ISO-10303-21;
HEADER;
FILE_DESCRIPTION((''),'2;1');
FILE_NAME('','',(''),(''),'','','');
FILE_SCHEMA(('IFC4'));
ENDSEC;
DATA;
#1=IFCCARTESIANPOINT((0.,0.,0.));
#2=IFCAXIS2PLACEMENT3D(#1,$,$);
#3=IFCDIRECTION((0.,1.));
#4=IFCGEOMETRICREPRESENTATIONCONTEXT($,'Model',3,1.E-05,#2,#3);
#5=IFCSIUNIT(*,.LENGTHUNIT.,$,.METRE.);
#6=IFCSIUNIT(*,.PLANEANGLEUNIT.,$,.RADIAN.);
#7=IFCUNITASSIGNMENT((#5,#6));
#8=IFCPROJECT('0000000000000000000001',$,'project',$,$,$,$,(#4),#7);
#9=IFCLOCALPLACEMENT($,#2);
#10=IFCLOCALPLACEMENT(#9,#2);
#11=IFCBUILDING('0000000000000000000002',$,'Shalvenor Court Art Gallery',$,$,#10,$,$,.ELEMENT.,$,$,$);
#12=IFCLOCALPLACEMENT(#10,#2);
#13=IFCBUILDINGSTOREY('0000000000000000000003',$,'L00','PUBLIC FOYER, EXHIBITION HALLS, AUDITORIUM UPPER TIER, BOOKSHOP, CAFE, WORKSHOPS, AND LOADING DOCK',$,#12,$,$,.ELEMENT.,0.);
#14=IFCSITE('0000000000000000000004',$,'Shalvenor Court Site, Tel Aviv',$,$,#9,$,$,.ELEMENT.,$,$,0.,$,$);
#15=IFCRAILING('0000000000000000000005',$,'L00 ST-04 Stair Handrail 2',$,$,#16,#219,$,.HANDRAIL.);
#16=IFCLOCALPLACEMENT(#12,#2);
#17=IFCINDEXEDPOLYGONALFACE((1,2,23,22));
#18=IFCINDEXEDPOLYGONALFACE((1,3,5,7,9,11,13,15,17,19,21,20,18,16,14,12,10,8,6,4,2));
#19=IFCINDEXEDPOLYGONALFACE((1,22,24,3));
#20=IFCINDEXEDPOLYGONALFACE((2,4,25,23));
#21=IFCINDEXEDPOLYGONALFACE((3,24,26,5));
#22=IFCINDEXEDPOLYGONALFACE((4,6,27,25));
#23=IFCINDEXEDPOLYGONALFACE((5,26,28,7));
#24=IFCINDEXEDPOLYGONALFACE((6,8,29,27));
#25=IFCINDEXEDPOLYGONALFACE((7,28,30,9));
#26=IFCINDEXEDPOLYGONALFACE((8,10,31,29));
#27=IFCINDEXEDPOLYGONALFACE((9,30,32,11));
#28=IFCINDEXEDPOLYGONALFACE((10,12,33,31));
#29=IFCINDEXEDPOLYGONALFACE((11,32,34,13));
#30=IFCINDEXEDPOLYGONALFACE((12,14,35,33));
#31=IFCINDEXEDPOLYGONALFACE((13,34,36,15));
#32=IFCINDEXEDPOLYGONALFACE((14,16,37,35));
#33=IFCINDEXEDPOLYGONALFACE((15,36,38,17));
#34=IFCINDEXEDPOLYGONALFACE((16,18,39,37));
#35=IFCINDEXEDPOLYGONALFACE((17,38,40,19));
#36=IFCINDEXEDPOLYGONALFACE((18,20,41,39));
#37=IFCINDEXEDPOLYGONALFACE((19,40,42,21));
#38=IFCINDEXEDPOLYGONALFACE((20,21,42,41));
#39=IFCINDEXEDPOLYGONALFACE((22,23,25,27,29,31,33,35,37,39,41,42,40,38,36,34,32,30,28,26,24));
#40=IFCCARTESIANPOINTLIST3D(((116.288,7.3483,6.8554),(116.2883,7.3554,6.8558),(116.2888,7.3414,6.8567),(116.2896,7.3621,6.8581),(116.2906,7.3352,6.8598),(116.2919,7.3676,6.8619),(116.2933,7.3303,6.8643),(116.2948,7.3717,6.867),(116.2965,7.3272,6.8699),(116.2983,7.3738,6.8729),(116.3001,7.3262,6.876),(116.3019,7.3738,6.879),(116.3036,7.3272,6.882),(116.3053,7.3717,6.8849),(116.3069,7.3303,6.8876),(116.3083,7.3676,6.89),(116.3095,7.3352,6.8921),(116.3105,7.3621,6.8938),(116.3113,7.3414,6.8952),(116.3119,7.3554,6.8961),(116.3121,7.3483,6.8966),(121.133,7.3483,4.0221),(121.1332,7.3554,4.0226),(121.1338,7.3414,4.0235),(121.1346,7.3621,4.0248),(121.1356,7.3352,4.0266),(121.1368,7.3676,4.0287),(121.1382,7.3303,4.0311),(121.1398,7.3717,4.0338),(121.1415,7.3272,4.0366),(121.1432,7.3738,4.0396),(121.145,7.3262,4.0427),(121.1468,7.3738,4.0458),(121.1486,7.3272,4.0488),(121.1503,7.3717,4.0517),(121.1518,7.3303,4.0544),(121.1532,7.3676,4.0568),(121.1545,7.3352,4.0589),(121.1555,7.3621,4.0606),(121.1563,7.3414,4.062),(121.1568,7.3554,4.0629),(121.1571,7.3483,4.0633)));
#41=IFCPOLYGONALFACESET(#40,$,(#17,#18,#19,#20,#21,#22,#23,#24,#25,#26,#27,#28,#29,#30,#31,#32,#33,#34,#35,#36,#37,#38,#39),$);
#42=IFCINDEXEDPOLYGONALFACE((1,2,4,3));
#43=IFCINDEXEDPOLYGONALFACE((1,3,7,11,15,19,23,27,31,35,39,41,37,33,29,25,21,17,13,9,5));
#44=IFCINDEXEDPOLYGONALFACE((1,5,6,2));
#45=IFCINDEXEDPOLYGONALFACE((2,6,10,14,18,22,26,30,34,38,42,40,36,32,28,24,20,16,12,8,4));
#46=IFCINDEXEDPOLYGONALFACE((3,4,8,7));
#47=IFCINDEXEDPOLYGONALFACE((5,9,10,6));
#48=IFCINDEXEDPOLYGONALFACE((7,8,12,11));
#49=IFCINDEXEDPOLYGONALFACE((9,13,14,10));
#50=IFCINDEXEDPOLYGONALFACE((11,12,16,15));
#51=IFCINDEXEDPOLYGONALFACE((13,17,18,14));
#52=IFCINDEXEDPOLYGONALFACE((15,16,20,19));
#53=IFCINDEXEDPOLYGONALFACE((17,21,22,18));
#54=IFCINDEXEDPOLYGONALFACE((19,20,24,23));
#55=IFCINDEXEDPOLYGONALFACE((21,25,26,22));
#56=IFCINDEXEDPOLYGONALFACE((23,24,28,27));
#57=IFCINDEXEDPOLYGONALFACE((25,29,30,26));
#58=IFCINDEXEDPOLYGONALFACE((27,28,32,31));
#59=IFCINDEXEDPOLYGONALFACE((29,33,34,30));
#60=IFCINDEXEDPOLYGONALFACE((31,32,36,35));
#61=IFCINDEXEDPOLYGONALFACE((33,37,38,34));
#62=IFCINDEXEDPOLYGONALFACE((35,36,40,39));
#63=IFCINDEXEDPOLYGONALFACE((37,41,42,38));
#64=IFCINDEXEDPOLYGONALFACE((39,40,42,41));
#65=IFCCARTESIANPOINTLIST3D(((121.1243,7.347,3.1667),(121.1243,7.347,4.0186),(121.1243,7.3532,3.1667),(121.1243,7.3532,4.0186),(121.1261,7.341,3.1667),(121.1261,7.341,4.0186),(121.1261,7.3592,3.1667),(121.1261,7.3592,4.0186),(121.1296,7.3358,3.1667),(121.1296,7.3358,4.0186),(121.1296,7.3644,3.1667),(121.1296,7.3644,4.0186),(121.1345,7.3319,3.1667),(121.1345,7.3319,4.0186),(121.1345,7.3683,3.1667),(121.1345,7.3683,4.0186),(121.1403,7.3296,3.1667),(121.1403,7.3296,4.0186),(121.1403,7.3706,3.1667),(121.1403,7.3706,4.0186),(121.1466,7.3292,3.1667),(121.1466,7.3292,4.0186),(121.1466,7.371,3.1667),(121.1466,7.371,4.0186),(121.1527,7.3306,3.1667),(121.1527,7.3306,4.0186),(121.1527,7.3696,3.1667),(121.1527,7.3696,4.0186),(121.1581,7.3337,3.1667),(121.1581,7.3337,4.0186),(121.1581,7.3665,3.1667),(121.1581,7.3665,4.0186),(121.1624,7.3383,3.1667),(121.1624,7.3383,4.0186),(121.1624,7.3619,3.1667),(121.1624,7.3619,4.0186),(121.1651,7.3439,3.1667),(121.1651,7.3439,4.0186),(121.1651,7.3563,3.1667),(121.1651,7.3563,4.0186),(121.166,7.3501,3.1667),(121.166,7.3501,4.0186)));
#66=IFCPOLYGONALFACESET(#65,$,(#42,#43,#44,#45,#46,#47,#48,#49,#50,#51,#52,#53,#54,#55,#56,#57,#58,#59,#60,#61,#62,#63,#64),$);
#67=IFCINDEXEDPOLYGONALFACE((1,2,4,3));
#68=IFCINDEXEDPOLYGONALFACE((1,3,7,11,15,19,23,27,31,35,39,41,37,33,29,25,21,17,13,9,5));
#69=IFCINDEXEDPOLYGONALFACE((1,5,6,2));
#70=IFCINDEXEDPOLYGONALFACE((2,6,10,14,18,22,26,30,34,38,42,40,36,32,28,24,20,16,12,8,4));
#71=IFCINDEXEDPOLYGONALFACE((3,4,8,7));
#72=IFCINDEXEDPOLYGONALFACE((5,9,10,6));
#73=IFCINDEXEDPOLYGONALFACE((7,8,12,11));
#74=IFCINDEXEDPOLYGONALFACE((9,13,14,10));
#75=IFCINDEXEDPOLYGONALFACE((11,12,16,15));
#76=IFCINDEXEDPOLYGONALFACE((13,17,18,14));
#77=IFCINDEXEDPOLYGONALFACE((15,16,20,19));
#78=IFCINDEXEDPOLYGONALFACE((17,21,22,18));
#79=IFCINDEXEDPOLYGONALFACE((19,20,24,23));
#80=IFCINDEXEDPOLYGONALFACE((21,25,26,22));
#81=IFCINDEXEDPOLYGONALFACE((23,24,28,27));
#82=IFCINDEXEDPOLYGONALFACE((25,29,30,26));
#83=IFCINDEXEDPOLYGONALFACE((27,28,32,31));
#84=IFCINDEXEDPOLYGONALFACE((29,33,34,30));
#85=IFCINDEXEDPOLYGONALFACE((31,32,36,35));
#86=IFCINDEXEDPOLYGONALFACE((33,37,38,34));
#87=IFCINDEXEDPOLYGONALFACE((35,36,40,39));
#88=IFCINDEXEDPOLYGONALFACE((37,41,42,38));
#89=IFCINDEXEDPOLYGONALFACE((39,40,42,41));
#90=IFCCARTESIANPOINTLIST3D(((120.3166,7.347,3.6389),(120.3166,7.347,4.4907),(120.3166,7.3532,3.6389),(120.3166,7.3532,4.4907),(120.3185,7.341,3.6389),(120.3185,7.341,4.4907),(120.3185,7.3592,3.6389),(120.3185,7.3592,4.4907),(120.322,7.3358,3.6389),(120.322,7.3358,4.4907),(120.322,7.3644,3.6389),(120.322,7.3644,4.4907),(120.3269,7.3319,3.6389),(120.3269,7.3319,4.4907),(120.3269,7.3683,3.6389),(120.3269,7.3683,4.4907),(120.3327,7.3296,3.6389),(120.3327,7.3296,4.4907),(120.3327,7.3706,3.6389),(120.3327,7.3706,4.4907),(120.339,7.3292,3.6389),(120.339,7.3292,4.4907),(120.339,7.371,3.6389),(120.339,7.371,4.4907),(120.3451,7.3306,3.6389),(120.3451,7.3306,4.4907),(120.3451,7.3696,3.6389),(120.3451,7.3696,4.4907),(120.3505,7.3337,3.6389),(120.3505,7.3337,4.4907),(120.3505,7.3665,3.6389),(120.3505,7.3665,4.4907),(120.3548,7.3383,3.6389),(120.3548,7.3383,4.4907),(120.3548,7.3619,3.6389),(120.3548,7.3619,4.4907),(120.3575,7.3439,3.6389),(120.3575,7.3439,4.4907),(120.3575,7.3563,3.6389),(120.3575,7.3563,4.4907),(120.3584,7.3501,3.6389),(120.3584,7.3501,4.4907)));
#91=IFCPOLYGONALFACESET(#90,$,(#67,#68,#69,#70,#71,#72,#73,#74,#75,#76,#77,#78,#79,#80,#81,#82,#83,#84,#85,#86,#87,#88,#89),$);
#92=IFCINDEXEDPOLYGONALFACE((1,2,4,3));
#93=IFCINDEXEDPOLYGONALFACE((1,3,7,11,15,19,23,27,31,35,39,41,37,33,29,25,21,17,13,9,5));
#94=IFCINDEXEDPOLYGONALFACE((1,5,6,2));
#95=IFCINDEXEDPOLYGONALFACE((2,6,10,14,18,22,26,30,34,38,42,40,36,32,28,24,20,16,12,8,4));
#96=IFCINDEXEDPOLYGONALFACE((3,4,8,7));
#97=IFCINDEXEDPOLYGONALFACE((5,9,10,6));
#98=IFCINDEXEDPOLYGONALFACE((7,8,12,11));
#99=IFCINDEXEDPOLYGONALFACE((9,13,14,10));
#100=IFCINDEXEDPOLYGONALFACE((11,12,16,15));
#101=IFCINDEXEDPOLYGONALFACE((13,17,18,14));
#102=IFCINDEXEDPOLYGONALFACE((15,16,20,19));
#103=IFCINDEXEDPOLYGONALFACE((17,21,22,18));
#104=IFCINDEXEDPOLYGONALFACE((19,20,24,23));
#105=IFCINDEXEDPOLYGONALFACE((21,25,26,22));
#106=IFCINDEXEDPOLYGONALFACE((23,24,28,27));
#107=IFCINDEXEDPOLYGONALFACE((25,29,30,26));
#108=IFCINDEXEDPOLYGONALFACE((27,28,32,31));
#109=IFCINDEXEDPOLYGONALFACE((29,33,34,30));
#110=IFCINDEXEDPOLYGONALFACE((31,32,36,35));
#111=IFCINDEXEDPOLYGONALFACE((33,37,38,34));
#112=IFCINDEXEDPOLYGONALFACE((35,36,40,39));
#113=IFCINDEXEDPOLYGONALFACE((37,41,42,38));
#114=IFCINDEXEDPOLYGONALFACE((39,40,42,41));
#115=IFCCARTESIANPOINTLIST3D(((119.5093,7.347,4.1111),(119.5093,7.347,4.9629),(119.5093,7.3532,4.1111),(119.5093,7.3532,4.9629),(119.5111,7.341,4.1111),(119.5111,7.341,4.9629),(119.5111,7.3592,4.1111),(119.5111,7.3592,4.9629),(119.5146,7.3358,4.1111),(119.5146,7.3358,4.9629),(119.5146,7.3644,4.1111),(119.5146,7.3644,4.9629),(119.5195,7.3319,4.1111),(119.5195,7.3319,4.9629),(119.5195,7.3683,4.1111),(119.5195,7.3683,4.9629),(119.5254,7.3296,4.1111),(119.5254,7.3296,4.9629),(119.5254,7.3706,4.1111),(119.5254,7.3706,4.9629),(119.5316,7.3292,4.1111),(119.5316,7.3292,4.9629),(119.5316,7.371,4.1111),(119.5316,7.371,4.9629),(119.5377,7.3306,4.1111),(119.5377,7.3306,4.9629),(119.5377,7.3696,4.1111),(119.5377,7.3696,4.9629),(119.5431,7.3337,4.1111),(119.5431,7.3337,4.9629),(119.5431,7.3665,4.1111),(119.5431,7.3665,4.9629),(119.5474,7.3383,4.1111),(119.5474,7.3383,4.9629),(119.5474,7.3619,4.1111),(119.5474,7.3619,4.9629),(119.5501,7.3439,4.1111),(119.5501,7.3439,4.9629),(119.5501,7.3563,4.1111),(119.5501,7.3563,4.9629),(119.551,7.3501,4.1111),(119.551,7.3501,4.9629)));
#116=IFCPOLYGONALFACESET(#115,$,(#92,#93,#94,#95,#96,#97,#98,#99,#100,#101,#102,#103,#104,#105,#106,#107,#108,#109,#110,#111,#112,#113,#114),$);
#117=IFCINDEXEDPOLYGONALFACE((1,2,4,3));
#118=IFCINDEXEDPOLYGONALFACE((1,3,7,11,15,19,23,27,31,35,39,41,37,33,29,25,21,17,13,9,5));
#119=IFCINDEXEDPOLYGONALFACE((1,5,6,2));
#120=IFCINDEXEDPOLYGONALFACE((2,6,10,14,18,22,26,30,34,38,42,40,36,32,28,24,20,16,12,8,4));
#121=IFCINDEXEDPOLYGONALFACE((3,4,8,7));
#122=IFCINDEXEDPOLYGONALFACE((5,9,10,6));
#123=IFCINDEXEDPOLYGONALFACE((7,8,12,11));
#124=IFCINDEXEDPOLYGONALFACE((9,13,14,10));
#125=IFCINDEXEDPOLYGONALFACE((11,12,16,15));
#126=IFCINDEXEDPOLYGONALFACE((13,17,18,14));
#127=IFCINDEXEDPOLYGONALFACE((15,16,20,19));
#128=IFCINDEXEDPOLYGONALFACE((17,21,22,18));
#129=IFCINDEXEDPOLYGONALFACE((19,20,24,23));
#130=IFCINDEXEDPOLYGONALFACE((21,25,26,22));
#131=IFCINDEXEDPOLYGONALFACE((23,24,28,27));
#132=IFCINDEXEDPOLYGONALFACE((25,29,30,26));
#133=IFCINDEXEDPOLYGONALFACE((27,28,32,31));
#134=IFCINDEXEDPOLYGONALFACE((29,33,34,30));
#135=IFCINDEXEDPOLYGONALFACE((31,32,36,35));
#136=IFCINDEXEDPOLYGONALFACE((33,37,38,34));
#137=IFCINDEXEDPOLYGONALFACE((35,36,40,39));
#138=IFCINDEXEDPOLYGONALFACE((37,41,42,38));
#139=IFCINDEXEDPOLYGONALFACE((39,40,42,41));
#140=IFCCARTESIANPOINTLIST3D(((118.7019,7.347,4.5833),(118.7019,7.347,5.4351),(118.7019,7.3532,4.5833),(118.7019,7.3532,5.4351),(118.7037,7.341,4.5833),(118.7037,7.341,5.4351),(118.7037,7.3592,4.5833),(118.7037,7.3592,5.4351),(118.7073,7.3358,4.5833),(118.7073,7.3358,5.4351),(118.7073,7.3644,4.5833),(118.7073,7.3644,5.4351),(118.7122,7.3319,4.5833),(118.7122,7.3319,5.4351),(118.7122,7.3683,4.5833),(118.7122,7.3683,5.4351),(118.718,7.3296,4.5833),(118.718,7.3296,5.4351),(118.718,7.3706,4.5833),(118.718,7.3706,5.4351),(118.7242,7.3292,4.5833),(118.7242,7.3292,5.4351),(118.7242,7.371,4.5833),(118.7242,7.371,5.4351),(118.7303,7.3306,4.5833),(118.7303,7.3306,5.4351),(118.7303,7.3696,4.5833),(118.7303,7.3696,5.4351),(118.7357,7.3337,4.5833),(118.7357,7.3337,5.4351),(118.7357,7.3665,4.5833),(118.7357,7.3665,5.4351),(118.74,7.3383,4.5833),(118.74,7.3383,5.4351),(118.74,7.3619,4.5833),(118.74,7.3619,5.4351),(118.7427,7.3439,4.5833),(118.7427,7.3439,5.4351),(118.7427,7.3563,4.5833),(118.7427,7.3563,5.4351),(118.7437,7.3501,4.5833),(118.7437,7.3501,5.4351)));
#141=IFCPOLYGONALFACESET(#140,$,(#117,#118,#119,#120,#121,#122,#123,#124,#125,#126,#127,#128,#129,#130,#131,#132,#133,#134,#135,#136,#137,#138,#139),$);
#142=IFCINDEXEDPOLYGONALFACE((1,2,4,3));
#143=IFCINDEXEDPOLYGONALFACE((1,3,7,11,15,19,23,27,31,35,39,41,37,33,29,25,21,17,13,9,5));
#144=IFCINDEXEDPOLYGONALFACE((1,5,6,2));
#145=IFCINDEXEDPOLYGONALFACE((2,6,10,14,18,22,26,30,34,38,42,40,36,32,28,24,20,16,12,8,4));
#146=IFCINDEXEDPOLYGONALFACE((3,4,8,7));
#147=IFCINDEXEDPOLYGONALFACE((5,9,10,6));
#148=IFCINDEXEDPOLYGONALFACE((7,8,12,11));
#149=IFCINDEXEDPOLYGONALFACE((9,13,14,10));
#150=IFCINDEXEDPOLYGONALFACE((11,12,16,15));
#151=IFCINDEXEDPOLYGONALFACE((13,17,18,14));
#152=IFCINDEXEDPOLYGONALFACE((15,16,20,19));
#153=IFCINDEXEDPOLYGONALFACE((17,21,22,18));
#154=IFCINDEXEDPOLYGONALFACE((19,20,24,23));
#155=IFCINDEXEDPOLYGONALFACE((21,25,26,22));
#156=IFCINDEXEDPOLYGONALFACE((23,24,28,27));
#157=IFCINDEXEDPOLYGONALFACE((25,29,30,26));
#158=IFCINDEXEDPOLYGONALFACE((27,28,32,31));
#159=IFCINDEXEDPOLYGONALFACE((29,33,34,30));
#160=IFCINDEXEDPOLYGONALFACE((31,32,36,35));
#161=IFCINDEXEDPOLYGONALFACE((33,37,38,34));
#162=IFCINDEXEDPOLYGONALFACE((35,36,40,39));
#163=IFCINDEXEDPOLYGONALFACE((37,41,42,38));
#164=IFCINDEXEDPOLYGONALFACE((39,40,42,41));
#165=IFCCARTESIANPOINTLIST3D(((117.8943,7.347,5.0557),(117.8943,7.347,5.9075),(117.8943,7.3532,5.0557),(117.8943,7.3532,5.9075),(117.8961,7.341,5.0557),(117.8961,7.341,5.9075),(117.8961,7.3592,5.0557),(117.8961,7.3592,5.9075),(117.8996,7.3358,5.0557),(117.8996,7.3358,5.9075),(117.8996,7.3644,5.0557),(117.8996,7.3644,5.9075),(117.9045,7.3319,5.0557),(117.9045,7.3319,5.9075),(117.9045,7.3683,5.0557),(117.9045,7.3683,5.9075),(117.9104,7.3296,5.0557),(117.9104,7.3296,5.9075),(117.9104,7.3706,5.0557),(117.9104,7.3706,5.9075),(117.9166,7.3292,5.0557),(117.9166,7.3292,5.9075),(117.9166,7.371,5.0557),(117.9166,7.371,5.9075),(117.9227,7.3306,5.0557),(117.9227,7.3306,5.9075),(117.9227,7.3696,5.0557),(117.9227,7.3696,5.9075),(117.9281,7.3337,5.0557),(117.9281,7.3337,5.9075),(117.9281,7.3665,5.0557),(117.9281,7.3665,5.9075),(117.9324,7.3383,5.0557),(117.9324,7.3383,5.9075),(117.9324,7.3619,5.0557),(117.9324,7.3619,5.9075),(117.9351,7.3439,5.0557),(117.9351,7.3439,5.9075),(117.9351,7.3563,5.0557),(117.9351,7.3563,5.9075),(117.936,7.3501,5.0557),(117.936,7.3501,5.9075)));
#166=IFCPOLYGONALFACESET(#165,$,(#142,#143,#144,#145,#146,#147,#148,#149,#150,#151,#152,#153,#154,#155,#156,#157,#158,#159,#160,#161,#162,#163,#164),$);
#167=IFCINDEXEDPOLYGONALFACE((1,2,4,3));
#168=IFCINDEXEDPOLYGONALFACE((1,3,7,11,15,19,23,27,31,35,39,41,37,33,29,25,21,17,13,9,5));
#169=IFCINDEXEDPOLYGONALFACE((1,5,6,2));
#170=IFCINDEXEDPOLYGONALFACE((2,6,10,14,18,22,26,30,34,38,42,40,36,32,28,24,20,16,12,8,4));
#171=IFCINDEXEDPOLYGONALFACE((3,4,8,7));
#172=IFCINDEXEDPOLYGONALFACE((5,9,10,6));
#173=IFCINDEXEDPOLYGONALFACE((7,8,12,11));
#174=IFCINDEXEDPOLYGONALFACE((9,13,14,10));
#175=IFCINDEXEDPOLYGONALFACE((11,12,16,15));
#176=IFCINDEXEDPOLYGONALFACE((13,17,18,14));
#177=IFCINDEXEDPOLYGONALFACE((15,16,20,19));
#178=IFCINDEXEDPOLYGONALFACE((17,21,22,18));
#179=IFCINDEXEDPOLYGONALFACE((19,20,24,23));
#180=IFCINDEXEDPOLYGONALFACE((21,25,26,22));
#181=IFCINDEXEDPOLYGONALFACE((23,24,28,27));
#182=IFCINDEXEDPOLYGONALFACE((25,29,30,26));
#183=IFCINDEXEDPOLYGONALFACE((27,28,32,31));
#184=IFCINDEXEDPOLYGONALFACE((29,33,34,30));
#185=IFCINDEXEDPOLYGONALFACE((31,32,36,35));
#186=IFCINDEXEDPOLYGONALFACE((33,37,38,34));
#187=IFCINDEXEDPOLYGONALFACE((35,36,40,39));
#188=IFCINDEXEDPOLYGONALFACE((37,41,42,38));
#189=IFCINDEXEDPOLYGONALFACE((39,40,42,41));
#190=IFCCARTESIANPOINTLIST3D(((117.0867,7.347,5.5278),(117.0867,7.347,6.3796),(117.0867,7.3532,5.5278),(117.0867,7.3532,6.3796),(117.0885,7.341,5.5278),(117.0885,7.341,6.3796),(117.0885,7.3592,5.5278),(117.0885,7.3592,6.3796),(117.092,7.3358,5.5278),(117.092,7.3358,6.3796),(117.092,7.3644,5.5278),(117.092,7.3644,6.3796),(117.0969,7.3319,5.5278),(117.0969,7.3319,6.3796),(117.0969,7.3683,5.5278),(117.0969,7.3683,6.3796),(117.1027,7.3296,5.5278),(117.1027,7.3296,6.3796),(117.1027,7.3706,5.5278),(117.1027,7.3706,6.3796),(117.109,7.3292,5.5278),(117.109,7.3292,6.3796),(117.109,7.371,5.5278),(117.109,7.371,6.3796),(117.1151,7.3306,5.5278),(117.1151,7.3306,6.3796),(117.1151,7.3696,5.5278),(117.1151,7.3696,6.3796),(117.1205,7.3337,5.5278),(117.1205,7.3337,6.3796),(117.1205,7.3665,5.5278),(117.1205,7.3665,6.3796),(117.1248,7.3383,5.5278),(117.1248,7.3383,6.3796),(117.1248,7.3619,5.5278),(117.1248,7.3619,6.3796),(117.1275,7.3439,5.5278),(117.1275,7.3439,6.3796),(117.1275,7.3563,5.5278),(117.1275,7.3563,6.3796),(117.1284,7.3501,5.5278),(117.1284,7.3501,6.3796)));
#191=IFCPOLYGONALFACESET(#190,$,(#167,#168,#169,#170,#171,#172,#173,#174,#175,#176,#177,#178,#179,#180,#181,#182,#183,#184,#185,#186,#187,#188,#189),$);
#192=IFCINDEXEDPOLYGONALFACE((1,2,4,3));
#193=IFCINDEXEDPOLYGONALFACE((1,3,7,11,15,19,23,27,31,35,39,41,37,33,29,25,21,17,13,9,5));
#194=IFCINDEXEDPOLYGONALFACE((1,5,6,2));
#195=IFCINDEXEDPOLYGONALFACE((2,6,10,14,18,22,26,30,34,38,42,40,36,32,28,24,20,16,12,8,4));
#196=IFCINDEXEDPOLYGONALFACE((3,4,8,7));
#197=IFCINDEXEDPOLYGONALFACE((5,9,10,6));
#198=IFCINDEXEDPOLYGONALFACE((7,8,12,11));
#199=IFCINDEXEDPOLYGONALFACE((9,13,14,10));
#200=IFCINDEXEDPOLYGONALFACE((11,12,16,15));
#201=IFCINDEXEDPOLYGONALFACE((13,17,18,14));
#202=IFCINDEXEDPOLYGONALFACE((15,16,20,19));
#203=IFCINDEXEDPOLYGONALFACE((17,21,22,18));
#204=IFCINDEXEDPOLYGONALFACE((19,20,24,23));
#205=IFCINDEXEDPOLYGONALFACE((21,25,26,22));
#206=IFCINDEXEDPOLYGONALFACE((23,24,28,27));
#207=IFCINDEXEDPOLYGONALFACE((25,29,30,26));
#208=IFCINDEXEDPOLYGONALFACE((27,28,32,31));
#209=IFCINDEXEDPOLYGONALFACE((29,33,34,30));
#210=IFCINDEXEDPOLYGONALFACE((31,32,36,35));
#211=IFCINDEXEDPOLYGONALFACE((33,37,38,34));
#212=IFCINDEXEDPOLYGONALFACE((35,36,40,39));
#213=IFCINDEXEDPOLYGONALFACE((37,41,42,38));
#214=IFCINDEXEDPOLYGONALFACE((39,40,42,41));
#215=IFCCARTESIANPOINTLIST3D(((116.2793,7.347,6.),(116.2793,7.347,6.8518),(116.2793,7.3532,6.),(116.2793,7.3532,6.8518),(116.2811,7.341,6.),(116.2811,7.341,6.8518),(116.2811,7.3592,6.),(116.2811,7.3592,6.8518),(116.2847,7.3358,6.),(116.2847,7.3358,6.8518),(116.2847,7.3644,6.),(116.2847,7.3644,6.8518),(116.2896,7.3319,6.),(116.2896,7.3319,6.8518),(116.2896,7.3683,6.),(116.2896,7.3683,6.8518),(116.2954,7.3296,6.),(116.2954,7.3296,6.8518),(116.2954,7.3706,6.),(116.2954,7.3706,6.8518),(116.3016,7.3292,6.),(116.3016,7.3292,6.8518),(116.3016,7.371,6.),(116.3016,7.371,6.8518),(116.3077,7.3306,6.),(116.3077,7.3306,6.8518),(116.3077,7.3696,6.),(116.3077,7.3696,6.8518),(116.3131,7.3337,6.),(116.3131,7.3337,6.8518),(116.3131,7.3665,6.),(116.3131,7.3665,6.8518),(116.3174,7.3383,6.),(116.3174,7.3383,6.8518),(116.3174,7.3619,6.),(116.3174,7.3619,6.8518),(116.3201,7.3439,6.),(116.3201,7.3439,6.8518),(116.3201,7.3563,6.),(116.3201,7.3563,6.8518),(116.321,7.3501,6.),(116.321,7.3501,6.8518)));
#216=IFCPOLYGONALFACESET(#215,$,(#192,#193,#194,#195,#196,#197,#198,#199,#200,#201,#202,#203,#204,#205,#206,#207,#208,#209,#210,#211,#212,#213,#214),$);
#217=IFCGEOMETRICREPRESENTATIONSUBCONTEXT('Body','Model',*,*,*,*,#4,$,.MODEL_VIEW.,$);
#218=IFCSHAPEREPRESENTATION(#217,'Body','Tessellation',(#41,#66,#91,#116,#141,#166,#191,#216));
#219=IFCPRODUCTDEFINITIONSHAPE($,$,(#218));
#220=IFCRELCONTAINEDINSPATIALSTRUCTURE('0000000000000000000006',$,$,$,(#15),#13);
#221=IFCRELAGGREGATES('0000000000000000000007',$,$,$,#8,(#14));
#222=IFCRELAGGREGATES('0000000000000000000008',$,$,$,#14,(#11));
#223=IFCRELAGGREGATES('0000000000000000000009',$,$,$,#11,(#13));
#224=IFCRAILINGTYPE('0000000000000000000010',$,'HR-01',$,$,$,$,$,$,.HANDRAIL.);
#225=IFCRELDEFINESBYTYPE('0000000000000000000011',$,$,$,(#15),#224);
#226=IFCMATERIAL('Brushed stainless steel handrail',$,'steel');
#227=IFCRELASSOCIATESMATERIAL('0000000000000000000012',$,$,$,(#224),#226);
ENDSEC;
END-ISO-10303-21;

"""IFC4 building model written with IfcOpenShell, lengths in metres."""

from ifc_helpers import new_model, si_unit, direction, frame, origin, origin_2d, place, context, subcontext, project, spatial, circle, extrude, material, type_object, element, save


model = new_model("IFC4")

# Units and contexts
model_context = context("Model", 3, precision=1e-05, world=origin(), true_north=direction((0.0, 1.0)))
body_context = subcontext(model_context, "Body", "Model", "MODEL_VIEW")
ifc_project = project(units=[si_unit("LENGTHUNIT", "METRE"), si_unit("PLANEANGLEUNIT", "RADIAN")], contexts=[model_context])

# Site, building, storey
site_placement = place(None, origin())
site = spatial("IfcSite", under=ifc_project, at=site_placement, Name="Shalvenor Court Site, Tel Aviv", CompositionType="ELEMENT", RefElevation=0.0)
building_placement = place(site_placement, origin())
building = spatial("IfcBuilding", under=site, at=building_placement, Name="Shalvenor Court Art Gallery", CompositionType="ELEMENT")
storey_placement = place(building_placement, origin())
storey = spatial("IfcBuildingStorey", under=building, at=storey_placement, Name="L00", Description="PUBLIC FOYER, EXHIBITION HALLS, AUDITORIUM UPPER TIER, BOOKSHOP, CAFE, WORKSHOPS, AND LOADING DOCK", CompositionType="ELEMENT", Elevation=0.0)

# Railing
ifc_material_1 = material(Name="Brushed stainless steel handrail", Category="steel")
railing_type_1 = type_object("IfcRailingType", Name="HR-01", PredefinedType="HANDRAIL", material=ifc_material_1)
railing_1_placement = place(storey_placement, frame((121.145, 7.3501, 3.1667)))
element("IfcRailing", 1, at=railing_1_placement, inside=storey, type_object=railing_type_1, Name="L00 ST-04 Stair Handrail 2", PredefinedType="HANDRAIL", context=body_context, shape_type="SweptSolid", body=[
    extrude(circle(Radius=0.0239, at=origin_2d()), frame((0.0, 0.0, 0.876), z_axis=(-0.863234, 0.0, 0.504804), x_axis=(0.0, -1.0, 0.0)), (0.0, 0.0, 1.0), 5.6125),
    extrude(circle(Radius=0.021, at=origin_2d()), origin(), (0.0, 0.0, 1.0), 0.8518),
    extrude(circle(Radius=0.021, at=origin_2d()), frame((-0.8076, 0.0, 0.4722)), (0.0, 0.0, 1.0), 0.8518),
    extrude(circle(Radius=0.021, at=origin_2d()), frame((-1.615, 0.0, 0.9443)), (0.0, 0.0, 1.0), 0.8518),
    extrude(circle(Radius=0.021, at=origin_2d()), frame((-2.4224, 0.0, 1.4165)), (0.0, 0.0, 1.0), 0.8518),
    extrude(circle(Radius=0.021, at=origin_2d()), frame((-3.23, 0.0, 1.8889)), (0.0, 0.0, 1.0), 0.8518),
    extrude(circle(Radius=0.021, at=origin_2d()), frame((-4.0376, 0.0, 2.3611)), (0.0, 0.0, 1.0), 0.8518),
    extrude(circle(Radius=0.021, at=origin_2d()), frame((-4.845, 0.0, 2.8333)), (0.0, 0.0, 1.0), 0.8518),
])

save(model, "model.ifc")
